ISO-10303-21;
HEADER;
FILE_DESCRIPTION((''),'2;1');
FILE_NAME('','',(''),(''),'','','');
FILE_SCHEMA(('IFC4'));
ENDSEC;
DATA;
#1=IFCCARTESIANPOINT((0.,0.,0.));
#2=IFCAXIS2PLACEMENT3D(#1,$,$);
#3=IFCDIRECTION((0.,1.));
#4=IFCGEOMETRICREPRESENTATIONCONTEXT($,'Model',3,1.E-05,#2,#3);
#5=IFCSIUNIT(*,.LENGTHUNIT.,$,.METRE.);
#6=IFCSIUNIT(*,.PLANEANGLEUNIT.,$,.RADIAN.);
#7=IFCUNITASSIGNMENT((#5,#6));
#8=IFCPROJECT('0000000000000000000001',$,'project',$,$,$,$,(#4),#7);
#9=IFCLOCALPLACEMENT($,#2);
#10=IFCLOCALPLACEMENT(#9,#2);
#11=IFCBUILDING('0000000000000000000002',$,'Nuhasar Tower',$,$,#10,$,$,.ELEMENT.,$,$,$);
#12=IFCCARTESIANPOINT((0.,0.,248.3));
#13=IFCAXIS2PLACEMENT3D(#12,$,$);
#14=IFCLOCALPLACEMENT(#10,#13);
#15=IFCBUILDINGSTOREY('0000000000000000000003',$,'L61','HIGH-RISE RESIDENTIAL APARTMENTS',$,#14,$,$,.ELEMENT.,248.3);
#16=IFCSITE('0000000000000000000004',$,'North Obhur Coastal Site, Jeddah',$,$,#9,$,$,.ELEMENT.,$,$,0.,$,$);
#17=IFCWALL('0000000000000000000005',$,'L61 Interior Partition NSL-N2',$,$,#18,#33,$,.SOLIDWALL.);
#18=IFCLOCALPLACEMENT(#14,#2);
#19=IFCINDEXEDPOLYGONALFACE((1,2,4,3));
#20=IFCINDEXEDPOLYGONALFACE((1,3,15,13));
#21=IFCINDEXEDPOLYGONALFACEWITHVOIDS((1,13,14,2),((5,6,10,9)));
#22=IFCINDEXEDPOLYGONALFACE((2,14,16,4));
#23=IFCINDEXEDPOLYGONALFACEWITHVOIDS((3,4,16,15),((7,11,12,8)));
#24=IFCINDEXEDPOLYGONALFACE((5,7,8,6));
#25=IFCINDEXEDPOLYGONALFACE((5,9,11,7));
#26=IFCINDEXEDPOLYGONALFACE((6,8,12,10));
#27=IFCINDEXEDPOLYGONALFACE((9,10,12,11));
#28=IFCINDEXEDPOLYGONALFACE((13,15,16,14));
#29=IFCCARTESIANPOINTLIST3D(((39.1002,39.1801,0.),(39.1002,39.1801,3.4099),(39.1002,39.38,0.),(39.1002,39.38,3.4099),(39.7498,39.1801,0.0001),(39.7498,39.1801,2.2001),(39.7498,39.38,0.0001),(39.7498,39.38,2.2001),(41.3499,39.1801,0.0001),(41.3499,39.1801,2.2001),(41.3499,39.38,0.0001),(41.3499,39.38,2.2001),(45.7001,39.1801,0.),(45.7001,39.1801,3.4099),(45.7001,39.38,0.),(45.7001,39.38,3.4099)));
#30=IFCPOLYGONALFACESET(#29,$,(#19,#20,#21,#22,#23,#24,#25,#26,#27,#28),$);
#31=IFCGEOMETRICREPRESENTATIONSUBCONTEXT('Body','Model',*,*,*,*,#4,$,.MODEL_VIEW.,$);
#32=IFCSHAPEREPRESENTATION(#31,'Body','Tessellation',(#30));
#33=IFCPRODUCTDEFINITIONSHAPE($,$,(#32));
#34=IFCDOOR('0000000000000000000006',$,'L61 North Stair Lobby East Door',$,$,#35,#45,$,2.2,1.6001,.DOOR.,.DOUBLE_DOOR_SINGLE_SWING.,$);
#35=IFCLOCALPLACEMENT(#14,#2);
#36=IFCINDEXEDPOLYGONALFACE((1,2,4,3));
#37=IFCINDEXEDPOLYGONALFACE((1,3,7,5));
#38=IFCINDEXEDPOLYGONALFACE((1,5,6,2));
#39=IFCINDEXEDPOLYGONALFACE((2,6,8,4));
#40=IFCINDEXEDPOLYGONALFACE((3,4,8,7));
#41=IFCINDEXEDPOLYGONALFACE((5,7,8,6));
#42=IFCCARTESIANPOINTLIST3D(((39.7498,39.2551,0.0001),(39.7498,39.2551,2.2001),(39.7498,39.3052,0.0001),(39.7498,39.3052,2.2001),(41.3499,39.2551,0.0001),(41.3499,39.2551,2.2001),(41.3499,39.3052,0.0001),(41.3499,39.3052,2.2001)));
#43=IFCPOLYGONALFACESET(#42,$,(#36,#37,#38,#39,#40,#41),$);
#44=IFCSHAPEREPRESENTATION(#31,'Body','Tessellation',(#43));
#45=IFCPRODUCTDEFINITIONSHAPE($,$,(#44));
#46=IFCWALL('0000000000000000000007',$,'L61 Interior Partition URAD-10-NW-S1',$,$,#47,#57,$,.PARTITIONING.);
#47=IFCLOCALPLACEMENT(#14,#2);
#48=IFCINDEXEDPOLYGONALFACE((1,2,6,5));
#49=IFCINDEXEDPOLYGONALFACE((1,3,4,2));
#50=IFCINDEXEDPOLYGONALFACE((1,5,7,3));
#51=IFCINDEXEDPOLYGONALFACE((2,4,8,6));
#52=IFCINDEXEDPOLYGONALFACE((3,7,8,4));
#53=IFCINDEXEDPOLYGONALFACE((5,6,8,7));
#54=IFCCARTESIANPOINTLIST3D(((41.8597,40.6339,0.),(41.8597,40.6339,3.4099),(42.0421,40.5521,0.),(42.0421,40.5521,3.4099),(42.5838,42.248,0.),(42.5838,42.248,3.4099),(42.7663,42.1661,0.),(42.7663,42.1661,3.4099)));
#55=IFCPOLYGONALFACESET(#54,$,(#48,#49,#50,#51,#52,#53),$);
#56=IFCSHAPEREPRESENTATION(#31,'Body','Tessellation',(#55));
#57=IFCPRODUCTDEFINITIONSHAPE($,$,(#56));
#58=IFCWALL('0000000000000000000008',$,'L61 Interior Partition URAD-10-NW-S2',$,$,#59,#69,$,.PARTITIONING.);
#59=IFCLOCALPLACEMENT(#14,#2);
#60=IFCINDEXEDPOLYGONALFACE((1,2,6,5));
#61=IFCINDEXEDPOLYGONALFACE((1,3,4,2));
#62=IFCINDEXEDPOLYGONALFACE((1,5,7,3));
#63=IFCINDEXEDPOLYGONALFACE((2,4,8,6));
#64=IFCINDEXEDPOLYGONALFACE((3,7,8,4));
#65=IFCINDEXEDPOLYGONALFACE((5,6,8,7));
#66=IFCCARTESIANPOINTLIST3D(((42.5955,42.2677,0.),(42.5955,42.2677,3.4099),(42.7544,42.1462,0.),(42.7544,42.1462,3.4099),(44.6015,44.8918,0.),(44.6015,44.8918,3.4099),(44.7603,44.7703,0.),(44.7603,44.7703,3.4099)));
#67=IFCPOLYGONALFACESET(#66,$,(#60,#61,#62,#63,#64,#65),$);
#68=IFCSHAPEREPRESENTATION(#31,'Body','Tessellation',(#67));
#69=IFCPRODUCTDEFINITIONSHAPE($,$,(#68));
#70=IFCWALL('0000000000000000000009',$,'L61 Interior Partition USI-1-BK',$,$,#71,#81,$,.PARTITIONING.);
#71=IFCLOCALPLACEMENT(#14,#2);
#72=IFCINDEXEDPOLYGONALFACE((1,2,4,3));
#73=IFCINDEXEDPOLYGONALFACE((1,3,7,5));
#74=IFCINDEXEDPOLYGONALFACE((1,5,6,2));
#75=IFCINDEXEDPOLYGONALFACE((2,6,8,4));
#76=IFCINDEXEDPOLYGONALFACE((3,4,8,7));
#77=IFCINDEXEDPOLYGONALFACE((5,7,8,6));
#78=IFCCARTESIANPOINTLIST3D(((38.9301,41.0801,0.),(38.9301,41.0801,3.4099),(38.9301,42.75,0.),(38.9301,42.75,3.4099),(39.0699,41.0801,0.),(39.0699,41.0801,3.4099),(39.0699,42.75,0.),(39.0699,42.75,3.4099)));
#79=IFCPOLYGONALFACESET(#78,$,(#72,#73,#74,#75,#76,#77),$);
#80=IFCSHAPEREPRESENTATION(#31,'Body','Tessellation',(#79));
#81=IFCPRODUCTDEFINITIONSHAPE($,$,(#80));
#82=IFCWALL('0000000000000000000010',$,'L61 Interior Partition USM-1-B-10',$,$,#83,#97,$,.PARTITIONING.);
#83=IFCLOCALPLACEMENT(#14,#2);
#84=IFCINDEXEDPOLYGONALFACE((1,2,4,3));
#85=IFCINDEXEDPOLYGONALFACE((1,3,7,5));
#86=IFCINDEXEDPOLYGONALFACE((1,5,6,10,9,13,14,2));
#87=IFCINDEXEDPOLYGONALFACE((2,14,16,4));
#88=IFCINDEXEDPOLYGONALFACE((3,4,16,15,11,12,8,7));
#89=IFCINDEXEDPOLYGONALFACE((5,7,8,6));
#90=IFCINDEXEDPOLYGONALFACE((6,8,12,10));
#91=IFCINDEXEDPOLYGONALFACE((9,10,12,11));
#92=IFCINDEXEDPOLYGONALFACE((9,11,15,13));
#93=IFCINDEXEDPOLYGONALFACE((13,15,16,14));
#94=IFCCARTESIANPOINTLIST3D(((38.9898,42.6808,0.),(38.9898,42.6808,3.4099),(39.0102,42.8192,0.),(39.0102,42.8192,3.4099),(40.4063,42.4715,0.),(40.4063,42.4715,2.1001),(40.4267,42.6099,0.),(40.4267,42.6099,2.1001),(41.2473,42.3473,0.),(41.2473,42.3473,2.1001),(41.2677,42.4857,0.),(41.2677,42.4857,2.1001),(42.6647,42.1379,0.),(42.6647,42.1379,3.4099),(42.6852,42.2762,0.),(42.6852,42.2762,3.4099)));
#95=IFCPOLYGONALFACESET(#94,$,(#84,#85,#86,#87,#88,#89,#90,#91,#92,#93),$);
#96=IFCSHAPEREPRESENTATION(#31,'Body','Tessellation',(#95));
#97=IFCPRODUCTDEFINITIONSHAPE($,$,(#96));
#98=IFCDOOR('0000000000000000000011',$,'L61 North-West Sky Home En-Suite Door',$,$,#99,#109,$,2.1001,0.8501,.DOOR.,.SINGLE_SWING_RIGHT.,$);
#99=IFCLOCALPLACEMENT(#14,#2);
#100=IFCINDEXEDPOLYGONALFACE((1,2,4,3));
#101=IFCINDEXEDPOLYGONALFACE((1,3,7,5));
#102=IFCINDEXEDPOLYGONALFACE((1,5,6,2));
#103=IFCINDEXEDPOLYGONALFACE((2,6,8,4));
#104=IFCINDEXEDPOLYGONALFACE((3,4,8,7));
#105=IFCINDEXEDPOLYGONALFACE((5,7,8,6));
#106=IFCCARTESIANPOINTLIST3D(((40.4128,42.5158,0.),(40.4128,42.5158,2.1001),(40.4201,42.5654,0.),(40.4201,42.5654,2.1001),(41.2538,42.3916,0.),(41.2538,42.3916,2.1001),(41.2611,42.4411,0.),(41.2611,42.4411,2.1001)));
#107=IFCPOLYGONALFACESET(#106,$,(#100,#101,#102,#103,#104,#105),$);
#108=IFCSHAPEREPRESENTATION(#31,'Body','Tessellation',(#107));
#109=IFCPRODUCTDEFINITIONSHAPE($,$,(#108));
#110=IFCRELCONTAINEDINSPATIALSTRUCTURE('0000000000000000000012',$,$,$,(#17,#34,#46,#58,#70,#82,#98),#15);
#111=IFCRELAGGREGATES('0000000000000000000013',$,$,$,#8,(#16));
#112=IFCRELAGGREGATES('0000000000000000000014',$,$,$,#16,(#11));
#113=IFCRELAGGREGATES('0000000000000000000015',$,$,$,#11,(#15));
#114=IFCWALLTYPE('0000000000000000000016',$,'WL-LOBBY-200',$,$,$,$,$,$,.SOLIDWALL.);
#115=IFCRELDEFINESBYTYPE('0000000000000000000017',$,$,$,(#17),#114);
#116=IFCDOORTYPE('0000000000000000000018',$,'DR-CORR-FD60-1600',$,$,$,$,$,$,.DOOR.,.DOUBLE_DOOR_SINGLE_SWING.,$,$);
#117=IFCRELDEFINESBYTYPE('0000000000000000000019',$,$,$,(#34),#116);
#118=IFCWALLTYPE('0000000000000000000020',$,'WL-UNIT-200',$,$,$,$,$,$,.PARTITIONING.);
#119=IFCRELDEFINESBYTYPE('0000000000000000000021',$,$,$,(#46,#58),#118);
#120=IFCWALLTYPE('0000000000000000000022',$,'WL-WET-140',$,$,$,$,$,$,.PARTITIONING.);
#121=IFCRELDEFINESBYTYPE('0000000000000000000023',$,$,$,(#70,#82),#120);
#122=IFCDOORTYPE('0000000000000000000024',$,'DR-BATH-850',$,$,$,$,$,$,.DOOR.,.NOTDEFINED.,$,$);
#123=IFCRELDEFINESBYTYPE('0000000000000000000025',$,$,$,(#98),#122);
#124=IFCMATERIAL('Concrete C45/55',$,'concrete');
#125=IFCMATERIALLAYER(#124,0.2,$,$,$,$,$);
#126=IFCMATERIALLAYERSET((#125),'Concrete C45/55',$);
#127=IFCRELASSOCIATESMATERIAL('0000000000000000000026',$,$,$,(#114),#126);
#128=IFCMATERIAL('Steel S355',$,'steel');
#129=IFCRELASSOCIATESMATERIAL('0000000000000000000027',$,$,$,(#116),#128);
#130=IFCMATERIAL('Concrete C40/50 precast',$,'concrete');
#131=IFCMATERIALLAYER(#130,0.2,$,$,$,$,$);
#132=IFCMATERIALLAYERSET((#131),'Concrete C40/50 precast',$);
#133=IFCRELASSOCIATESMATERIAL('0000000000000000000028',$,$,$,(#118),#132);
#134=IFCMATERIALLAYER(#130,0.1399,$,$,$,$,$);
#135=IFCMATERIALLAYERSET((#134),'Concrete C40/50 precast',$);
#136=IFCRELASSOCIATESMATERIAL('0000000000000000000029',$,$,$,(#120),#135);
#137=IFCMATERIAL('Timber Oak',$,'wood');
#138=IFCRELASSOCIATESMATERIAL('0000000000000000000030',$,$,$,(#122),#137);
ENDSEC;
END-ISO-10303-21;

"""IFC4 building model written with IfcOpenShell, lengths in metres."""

from ifc_helpers import new_model, si_unit, direction, frame, frame_2d, origin, place, context, subcontext, project, spatial, rectangle, extrude, material, layer, layer_set, type_object, element, fill, save


model = new_model("IFC4")

# Units and contexts
model_context = context("Model", 3, precision=1e-05, world=origin(), true_north=direction((0.0, 1.0)))
body_context = subcontext(model_context, "Body", "Model", "MODEL_VIEW")
ifc_project = project(units=[si_unit("LENGTHUNIT", "METRE"), si_unit("PLANEANGLEUNIT", "RADIAN")], contexts=[model_context])

# Site, building, storey
site_placement = place(None, origin())
site = spatial("IfcSite", under=ifc_project, at=site_placement, Name="North Obhur Coastal Site, Jeddah", CompositionType="ELEMENT", RefElevation=0.0)
building_placement = place(site_placement, origin())
building = spatial("IfcBuilding", under=site, at=building_placement, Name="Nuhasar Tower", CompositionType="ELEMENT")
storey_placement = place(building_placement, frame((0.0, 0.0, 248.3)))
storey = spatial("IfcBuildingStorey", under=building, at=storey_placement, Name="L61", Description="HIGH-RISE RESIDENTIAL APARTMENTS", CompositionType="ELEMENT", Elevation=248.3)

# Shared definitions
ifc_material_1 = material(Name="Steel S355", Category="steel")

# Shared definitions
ifc_material_2 = material(Name="Timber Oak", Category="wood")

# Wall, opening, door
ifc_material_3 = material(Name="Concrete C45/55", Category="concrete")
ifc_layer_1 = layer(ifc_material_3, 0.2)
ifc_layer_set_1 = layer_set([ifc_layer_1], Name="Concrete C45/55")
wall_type_1 = type_object("IfcWallType", Name="WL-LOBBY-200", PredefinedType="SOLIDWALL", material=ifc_layer_set_1)
wall_1_placement = place(storey_placement, frame((45.7, 39.28, 0.0), z_axis=(0.0, 0.0, 1.0), x_axis=(-1.0, 0.0, 0.0)))
wall_1 = element("IfcWall", 1, at=wall_1_placement, inside=storey, type_object=wall_type_1, Name="L61 Interior Partition NSL-N2", PredefinedType="SOLIDWALL", context=body_context, shape_type="SweptSolid", body=[
    extrude(rectangle(XDim=6.5999, YDim=0.2, at=frame_2d((3.2998, 0.0))), origin(), (0.0, 0.0, 1.0), 3.4099),
])
opening_1_placement = place(wall_1_placement, frame((4.3501, 0.0, 0.0)))
opening_1 = element("IfcOpeningElement", 2, at=opening_1_placement, cuts=wall_1, PredefinedType="OPENING", context=body_context, shape_type="SweptSolid", body=[
    extrude(rectangle(XDim=1.6001, YDim=2.2, at=frame_2d((0.8, 1.1001))), frame((0.0, 0.1099, 0.0), z_axis=(0.0, -1.0, 0.0), x_axis=(1.0, 0.0, 0.0)), (0.0, 0.0, 1.0), 0.22),
])
door_type_1 = type_object("IfcDoorType", Name="DR-CORR-FD60-1600", OperationType="DOUBLE_DOOR_SINGLE_SWING", PredefinedType="DOOR", material=ifc_material_1)
door_1_placement = place(opening_1_placement, origin())
door_1 = element("IfcDoor", 3, at=door_1_placement, inside=storey, type_object=door_type_1, Name="L61 North Stair Lobby East Door", OperationType="DOUBLE_DOOR_SINGLE_SWING", OverallHeight=2.2, OverallWidth=1.6001, PredefinedType="DOOR", context=body_context, shape_type="SweptSolid", body=[
    extrude(rectangle(XDim=1.6001, YDim=2.2, at=frame_2d((0.8, 1.1001))), frame((0.0, 0.0249, 0.0), z_axis=(0.0, -1.0, 0.0), x_axis=(1.0, 0.0, 0.0)), (0.0, 0.0, 1.0), 0.05),
])
fill(opening_1, door_1)

# Walls
ifc_material_4 = material(Name="Concrete C40/50 precast", Category="concrete")
ifc_layer_2 = layer(ifc_material_4, 0.2)
ifc_layer_set_2 = layer_set([ifc_layer_2], Name="Concrete C40/50 precast")
wall_type_2 = type_object("IfcWallType", Name="WL-UNIT-200", PredefinedType="PARTITIONING", material=ifc_layer_set_2)
wall_2_placement = place(storey_placement, frame((41.9509, 40.593, 0.0), z_axis=(0.0, 0.0, 1.0), x_axis=(0.409337, 0.912383, 0.0)))
element("IfcWall", 4, at=wall_2_placement, inside=storey, type_object=wall_type_2, Name="L61 Interior Partition URAD-10-NW-S1", PredefinedType="PARTITIONING", context=body_context, shape_type="SweptSolid", body=[
    extrude(rectangle(XDim=1.769, YDim=0.2, at=frame_2d((0.8845, 0.0))), origin(), (0.0, 0.0, 1.0), 3.4099),
])
wall_3_placement = place(storey_placement, frame((42.675, 42.207, 0.0), z_axis=(0.0, 0.0, 1.0), x_axis=(0.607307, 0.794467, 0.0)))
element("IfcWall", 5, at=wall_3_placement, inside=storey, type_object=wall_type_2, Name="L61 Interior Partition URAD-10-NW-S2", PredefinedType="PARTITIONING", context=body_context, shape_type="SweptSolid", body=[
    extrude(rectangle(XDim=3.303, YDim=0.2, at=frame_2d((1.6514, 0.0))), origin(), (0.0, 0.0, 1.0), 3.4099),
])
ifc_layer_3 = layer(ifc_material_4, 0.1399)
ifc_layer_set_3 = layer_set([ifc_layer_3], Name="Concrete C40/50 precast")
wall_type_3 = type_object("IfcWallType", Name="WL-WET-140", PredefinedType="PARTITIONING", material=ifc_layer_set_3)
wall_4_placement = place(storey_placement, frame((39.0, 41.0801, 0.0), z_axis=(0.0, 0.0, 1.0), x_axis=(0.0, 1.0, 0.0)))
element("IfcWall", 6, at=wall_4_placement, inside=storey, type_object=wall_type_3, Name="L61 Interior Partition USI-1-BK", PredefinedType="PARTITIONING", context=body_context, shape_type="SweptSolid", body=[
    extrude(rectangle(XDim=1.6699, YDim=0.1399, at=frame_2d((0.835, 0.0))), origin(), (0.0, 0.0, 1.0), 3.4099),
])

# Wall, opening, door
wall_5_placement = place(storey_placement, frame((39.0, 42.75, 0.0), z_axis=(0.0, 0.0, 1.0), x_axis=(0.989261, -0.146158, 0.0)))
wall_5 = element("IfcWall", 7, at=wall_5_placement, inside=storey, type_object=wall_type_3, Name="L61 Interior Partition USM-1-B-10", PredefinedType="PARTITIONING", context=body_context, shape_type="SweptSolid", body=[
    extrude(rectangle(XDim=3.7148, YDim=0.1399, at=frame_2d((1.8574, 0.0))), origin(), (0.0, 0.0, 1.0), 3.4099),
])
opening_2_placement = place(wall_5_placement, frame((1.4319, 0.0, 0.0)))
opening_2 = element("IfcOpeningElement", 8, at=opening_2_placement, cuts=wall_5, PredefinedType="OPENING", context=body_context, shape_type="SweptSolid", body=[
    extrude(rectangle(XDim=0.8501, YDim=2.1001, at=frame_2d((0.425, 1.05))), frame((0.0, 0.0801, 0.0), z_axis=(0.0, -1.0, 0.0), x_axis=(1.0, 0.0, 0.0)), (0.0, 0.0, 1.0), 0.1599),
])
door_type_2 = type_object("IfcDoorType", Name="DR-BATH-850", OperationType="NOTDEFINED", PredefinedType="DOOR", material=ifc_material_2)
door_2_placement = place(opening_2_placement, origin())
door_2 = element("IfcDoor", 9, at=door_2_placement, inside=storey, type_object=door_type_2, Name="L61 North-West Sky Home En-Suite Door", OperationType="SINGLE_SWING_RIGHT", OverallHeight=2.1001, OverallWidth=0.8501, PredefinedType="DOOR", context=body_context, shape_type="SweptSolid", body=[
    extrude(rectangle(XDim=0.8501, YDim=2.1001, at=frame_2d((0.425, 1.05))), frame((0.0, 0.0249, 0.0), z_axis=(0.0, -1.0, 0.0), x_axis=(1.0, 0.0, 0.0)), (0.0, 0.0, 1.0), 0.05),
])
fill(opening_2, door_2)

save(model, "model.ifc")
